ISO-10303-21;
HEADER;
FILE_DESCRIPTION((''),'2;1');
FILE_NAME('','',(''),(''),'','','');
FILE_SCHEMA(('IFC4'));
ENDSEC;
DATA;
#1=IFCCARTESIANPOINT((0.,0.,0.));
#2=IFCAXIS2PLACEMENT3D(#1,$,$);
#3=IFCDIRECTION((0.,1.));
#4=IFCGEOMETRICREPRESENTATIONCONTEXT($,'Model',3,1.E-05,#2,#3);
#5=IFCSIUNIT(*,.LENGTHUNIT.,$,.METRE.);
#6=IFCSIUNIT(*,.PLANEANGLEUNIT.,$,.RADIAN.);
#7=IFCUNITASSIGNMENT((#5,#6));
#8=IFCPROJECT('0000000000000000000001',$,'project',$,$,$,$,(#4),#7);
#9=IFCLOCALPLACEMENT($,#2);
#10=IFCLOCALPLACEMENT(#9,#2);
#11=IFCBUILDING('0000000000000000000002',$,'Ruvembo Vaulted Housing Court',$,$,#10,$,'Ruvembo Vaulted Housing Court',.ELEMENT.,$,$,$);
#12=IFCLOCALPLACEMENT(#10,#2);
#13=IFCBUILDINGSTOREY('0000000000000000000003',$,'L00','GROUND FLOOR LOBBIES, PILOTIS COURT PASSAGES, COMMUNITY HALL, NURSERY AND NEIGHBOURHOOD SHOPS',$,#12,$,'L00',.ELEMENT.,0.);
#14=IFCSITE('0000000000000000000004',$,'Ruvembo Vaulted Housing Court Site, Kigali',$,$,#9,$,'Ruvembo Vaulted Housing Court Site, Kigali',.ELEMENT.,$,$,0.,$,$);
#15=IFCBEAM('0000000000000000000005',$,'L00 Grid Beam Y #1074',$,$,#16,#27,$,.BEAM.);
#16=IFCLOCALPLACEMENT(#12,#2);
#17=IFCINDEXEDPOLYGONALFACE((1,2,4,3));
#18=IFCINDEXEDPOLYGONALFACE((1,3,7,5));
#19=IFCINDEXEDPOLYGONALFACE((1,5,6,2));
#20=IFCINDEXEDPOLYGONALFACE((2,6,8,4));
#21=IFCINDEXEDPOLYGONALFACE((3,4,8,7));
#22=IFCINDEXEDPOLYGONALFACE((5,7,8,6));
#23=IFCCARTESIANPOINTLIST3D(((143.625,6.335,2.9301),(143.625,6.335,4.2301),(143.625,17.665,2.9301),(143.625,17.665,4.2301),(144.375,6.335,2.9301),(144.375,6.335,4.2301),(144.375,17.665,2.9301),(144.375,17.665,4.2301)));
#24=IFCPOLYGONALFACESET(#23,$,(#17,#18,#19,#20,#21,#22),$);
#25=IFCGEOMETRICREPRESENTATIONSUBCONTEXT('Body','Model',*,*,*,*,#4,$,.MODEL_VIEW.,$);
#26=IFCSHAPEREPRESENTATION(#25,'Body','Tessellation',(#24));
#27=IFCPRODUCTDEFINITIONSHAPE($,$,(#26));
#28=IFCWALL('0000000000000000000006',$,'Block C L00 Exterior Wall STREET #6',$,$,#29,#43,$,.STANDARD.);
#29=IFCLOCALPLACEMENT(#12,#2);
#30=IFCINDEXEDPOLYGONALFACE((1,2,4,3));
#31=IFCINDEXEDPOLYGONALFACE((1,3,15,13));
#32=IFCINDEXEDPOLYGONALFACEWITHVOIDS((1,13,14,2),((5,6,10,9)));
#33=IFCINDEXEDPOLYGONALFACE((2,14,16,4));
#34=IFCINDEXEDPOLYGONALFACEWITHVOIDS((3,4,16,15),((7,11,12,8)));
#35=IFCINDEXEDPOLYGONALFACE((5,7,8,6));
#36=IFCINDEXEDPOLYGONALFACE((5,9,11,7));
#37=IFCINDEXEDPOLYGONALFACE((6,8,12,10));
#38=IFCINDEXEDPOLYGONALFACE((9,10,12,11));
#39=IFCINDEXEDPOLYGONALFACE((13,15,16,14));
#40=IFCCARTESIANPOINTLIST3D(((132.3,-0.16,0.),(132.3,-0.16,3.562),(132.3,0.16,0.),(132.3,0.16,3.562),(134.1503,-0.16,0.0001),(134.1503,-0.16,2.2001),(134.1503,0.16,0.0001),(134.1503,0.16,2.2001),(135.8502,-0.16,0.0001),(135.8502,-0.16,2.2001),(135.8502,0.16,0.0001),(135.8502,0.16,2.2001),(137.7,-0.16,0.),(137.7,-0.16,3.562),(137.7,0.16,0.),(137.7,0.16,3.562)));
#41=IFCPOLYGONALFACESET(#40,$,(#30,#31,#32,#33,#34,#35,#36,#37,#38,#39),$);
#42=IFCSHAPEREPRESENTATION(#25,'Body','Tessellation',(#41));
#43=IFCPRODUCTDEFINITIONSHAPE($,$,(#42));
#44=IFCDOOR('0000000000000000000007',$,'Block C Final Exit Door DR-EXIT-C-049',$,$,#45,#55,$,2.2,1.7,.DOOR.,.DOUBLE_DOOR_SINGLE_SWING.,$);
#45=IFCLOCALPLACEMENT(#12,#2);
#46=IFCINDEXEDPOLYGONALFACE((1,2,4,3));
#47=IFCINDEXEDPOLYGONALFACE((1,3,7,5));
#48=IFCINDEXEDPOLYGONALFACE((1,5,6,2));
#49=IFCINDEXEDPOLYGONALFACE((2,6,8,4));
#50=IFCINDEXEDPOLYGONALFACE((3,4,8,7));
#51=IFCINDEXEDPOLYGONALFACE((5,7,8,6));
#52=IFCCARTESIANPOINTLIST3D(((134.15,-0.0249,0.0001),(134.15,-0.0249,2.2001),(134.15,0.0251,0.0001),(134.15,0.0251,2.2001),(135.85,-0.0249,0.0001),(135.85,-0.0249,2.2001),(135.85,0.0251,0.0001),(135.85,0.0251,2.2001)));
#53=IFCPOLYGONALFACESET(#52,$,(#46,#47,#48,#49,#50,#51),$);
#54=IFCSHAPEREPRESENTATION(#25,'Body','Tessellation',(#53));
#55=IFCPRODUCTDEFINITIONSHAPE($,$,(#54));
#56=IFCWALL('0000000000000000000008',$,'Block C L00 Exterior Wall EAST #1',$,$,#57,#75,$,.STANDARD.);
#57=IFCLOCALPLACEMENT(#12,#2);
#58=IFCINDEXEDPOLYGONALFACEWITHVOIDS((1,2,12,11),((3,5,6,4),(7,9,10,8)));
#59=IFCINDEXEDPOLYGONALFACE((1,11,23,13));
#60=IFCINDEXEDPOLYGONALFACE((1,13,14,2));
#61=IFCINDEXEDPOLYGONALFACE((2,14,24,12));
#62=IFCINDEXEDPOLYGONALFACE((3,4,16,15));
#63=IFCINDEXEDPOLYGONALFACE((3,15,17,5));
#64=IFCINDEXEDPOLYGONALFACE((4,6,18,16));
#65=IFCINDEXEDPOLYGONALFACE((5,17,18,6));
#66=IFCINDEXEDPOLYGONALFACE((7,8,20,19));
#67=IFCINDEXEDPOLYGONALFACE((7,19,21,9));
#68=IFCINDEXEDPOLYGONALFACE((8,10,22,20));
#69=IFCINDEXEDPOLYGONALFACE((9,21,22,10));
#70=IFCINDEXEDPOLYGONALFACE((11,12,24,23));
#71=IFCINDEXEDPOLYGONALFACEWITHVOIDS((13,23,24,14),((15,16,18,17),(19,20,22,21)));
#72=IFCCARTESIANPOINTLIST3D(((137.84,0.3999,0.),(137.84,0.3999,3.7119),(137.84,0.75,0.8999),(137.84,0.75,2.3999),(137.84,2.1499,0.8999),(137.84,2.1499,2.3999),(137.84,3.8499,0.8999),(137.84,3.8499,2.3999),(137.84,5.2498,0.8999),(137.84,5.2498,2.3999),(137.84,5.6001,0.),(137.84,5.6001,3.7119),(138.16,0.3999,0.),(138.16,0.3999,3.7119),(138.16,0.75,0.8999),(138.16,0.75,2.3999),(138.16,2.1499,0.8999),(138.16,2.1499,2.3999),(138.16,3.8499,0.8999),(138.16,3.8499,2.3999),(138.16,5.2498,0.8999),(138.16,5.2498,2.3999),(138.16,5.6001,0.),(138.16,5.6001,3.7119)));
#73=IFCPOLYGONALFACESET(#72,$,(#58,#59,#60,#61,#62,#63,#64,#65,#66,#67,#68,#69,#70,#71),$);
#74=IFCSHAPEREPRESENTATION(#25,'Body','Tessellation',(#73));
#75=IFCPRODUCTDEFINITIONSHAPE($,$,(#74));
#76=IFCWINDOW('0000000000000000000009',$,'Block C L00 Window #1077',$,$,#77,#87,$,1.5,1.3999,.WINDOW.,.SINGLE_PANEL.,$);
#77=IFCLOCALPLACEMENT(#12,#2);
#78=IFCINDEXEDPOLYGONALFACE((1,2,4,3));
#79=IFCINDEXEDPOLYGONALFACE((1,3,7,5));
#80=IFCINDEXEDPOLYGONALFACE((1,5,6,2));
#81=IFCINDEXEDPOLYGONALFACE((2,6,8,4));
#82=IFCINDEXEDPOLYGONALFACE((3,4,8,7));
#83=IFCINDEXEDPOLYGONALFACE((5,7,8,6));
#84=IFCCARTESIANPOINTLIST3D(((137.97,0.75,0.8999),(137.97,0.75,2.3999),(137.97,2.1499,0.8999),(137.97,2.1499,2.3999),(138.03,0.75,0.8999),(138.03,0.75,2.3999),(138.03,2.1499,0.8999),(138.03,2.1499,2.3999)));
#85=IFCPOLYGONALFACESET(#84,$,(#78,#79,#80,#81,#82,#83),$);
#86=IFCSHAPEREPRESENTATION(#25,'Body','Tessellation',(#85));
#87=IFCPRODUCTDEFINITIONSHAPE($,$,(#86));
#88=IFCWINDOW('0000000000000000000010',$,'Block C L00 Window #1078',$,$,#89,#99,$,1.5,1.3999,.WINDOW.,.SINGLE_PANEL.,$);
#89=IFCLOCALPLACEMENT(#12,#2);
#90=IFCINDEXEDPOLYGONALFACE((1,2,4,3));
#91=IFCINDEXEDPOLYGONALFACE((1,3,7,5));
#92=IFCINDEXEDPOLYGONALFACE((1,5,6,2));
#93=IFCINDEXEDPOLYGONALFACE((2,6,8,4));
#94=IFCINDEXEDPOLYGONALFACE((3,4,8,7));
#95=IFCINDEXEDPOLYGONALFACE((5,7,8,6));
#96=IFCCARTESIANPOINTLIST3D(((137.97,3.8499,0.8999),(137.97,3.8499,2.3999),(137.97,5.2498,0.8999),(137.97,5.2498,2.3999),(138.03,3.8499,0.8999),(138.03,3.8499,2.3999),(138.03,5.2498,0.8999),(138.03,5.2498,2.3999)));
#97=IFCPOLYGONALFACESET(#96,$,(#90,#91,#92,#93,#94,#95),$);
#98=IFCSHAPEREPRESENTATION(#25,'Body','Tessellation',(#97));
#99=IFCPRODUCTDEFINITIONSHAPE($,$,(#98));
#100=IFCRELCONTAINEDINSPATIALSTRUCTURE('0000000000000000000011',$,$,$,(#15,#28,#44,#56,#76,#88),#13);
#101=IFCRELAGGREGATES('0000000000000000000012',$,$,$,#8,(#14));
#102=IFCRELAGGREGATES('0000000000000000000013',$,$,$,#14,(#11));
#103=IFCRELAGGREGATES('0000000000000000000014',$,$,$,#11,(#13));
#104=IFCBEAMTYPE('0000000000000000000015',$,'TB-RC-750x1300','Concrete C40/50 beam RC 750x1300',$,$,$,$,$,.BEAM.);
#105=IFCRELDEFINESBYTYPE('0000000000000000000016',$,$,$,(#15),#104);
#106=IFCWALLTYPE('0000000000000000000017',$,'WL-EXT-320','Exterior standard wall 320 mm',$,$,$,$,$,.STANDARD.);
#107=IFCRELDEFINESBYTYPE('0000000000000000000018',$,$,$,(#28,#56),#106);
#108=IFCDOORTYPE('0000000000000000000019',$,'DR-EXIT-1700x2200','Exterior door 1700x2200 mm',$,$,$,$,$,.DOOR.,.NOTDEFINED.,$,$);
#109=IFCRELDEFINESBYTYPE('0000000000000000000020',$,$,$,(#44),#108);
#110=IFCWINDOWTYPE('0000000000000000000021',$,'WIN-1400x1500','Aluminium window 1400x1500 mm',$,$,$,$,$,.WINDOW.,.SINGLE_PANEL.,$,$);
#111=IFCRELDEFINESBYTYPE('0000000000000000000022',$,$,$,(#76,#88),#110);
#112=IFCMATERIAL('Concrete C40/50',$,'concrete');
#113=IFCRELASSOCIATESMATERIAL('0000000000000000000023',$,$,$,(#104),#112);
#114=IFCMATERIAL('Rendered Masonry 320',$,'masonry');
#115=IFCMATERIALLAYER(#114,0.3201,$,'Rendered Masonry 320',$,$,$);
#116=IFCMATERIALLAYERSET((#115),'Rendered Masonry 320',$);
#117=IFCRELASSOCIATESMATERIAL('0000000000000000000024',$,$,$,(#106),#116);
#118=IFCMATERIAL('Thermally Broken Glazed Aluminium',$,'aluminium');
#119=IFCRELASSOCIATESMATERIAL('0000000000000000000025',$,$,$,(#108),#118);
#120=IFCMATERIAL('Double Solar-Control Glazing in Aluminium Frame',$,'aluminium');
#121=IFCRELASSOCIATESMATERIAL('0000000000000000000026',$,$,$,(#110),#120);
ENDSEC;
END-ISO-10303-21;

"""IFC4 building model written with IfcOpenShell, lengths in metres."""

from ifc_helpers import new_model, si_unit, direction, frame, frame_2d, origin, origin_2d, place, context, subcontext, project, spatial, rectangle, extrude, material, layer, layer_set, material_profile, profile_set, type_object, element, fill, save


model = new_model("IFC4")

# Units and contexts
model_context = context("Model", 3, precision=1e-05, world=origin(), true_north=direction((0.0, 1.0)))
body_context = subcontext(model_context, "Body", "Model", "MODEL_VIEW")
ifc_project = project(units=[si_unit("LENGTHUNIT", "METRE"), si_unit("PLANEANGLEUNIT", "RADIAN")], contexts=[model_context])

# Site, building, storey
site_placement = place(None, origin())
site = spatial("IfcSite", under=ifc_project, at=site_placement, Name="Ruvembo Vaulted Housing Court Site, Kigali", LongName="Ruvembo Vaulted Housing Court Site, Kigali", CompositionType="ELEMENT", RefElevation=0.0)
building_placement = place(site_placement, origin())
building = spatial("IfcBuilding", under=site, at=building_placement, Name="Ruvembo Vaulted Housing Court", LongName="Ruvembo Vaulted Housing Court", CompositionType="ELEMENT")
storey_placement = place(building_placement, origin())
storey = spatial("IfcBuildingStorey", under=building, at=storey_placement, Name="L00", Description="GROUND FLOOR LOBBIES, PILOTIS COURT PASSAGES, COMMUNITY HALL, NURSERY AND NEIGHBOURHOOD SHOPS", LongName="L00", CompositionType="ELEMENT", Elevation=0.0)

# Shared definitions
ifc_material_1 = material(Name="Concrete C40/50", Category="concrete")

# Beam
ifc_material_profile_1 = material_profile(ifc_material_1, rectangle(XDim=0.75, YDim=1.3, at=origin_2d()), Name="RC 750x1300")
ifc_profile_set_1 = profile_set([ifc_material_profile_1], Name="Concrete C40/50")
beam_type_1 = type_object("IfcBeamType", Name="TB-RC-750x1300", Description="Concrete C40/50 beam RC 750x1300", PredefinedType="BEAM", material=ifc_profile_set_1)
beam_1_placement = place(storey_placement, frame((144.0, 6.335, 3.5801), z_axis=(0.0, 1.0, 0.0), x_axis=(-1.0, 0.0, 0.0)))
element("IfcBeam", 1, at=beam_1_placement, inside=storey, type_object=beam_type_1, Name="L00 Grid Beam Y #1074", PredefinedType="BEAM", context=body_context, shape_type="SweptSolid", body=[
    extrude(rectangle(XDim=0.75, YDim=1.3, at=origin_2d()), origin(), (0.0, 0.0, 1.0), 11.3301),
])

# Wall, opening, door
ifc_material_2 = material(Name="Rendered Masonry 320", Category="masonry")
ifc_layer_1 = layer(ifc_material_2, 0.3201, Name="Rendered Masonry 320")
ifc_layer_set_1 = layer_set([ifc_layer_1], Name="Rendered Masonry 320")
wall_type = type_object("IfcWallType", Name="WL-EXT-320", Description="Exterior standard wall 320 mm", PredefinedType="STANDARD", material=ifc_layer_set_1)
wall_1_placement = place(storey_placement, frame((132.3, 0.0, 0.0), z_axis=(0.0, 0.0, 1.0), x_axis=(1.0, 0.0, 0.0)))
wall_1 = element("IfcWall", 2, at=wall_1_placement, inside=storey, type_object=wall_type, Name="Block C L00 Exterior Wall STREET #6", PredefinedType="STANDARD", context=body_context, shape_type="SweptSolid", body=[
    extrude(rectangle(XDim=5.3999, YDim=0.3201, at=frame_2d((2.7, 0.0))), origin(), (0.0, 0.0, 1.0), 3.562),
])
opening_1_placement = place(wall_1_placement, frame((1.8501, 0.0, 0.0)))
opening_1 = element("IfcOpeningElement", 3, at=opening_1_placement, cuts=wall_1, PredefinedType="OPENING", context=body_context, shape_type="SweptSolid", body=[
    extrude(rectangle(XDim=1.7, YDim=2.2, at=frame_2d((0.8501, 1.1001))), frame((0.0, 0.1699, 0.0), z_axis=(0.0, -1.0, 0.0), x_axis=(1.0, 0.0, 0.0)), (0.0, 0.0, 1.0), 0.3401),
])
ifc_material_3 = material(Name="Thermally Broken Glazed Aluminium", Category="aluminium")
door_type = type_object("IfcDoorType", Name="DR-EXIT-1700x2200", Description="Exterior door 1700x2200 mm", OperationType="NOTDEFINED", PredefinedType="DOOR", material=ifc_material_3)
door_placement = place(opening_1_placement, frame((1.7, 0.0, 0.0), z_axis=(0.0, 0.0, 1.0), x_axis=(-1.0, 0.0, 0.0)))
door = element("IfcDoor", 4, at=door_placement, inside=storey, type_object=door_type, Name="Block C Final Exit Door DR-EXIT-C-049", OperationType="DOUBLE_DOOR_SINGLE_SWING", OverallHeight=2.2, OverallWidth=1.7, PredefinedType="DOOR", context=body_context, shape_type="SweptSolid", body=[
    extrude(rectangle(XDim=1.7, YDim=2.2, at=frame_2d((0.8501, 1.1001))), frame((0.0, 0.0249, 0.0), z_axis=(0.0, -1.0, 0.0), x_axis=(1.0, 0.0, 0.0)), (0.0, 0.0, 1.0), 0.05),
])
fill(opening_1, door)

# Wall, openings, windows
wall_2_placement = place(storey_placement, frame((138.0, 0.3999, 0.0), z_axis=(0.0, 0.0, 1.0), x_axis=(0.0, 1.0, 0.0)))
wall_2 = element("IfcWall", 5, at=wall_2_placement, inside=storey, type_object=wall_type, Name="Block C L00 Exterior Wall EAST #1", PredefinedType="STANDARD", context=body_context, shape_type="SweptSolid", body=[
    extrude(rectangle(XDim=5.2002, YDim=0.3201, at=frame_2d((2.6001, 0.0))), origin(), (0.0, 0.0, 1.0), 3.7119),
])
opening_2_placement = place(wall_2_placement, frame((0.3501, 0.0, 0.8999)))
opening_2 = element("IfcOpeningElement", 6, at=opening_2_placement, cuts=wall_2, PredefinedType="OPENING", context=body_context, shape_type="SweptSolid", body=[
    extrude(rectangle(XDim=1.3999, YDim=1.5, at=frame_2d((0.7, 0.75))), frame((0.0, 0.1699, 0.0), z_axis=(0.0, -1.0, 0.0), x_axis=(1.0, 0.0, 0.0)), (0.0, 0.0, 1.0), 0.3401),
])
opening_3_placement = place(wall_2_placement, frame((3.45, 0.0, 0.8999)))
opening_3 = element("IfcOpeningElement", 7, at=opening_3_placement, cuts=wall_2, PredefinedType="OPENING", context=body_context, shape_type="SweptSolid", body=[
    extrude(rectangle(XDim=1.3999, YDim=1.5, at=frame_2d((0.7, 0.75))), frame((0.0, 0.1699, 0.0), z_axis=(0.0, -1.0, 0.0), x_axis=(1.0, 0.0, 0.0)), (0.0, 0.0, 1.0), 0.3401),
])
ifc_material_4 = material(Name="Double Solar-Control Glazing in Aluminium Frame", Category="aluminium")
window_type = type_object("IfcWindowType", Name="WIN-1400x1500", Description="Aluminium window 1400x1500 mm", PartitioningType="SINGLE_PANEL", PredefinedType="WINDOW", material=ifc_material_4)
window_1_placement = place(opening_2_placement, origin())
window_1 = element("IfcWindow", 8, at=window_1_placement, inside=storey, type_object=window_type, Name="Block C L00 Window #1077", OverallHeight=1.5, OverallWidth=1.3999, PartitioningType="SINGLE_PANEL", PredefinedType="WINDOW", context=body_context, shape_type="SweptSolid", body=[
    extrude(rectangle(XDim=1.3999, YDim=1.5, at=frame_2d((0.7, 0.75))), frame((0.0, 0.03, 0.0), z_axis=(0.0, -1.0, 0.0), x_axis=(1.0, 0.0, 0.0)), (0.0, 0.0, 1.0), 0.0601),
])
fill(opening_2, window_1)
window_2_placement = place(opening_3_placement, origin())
window_2 = element("IfcWindow", 9, at=window_2_placement, inside=storey, type_object=window_type, Name="Block C L00 Window #1078", OverallHeight=1.5, OverallWidth=1.3999, PartitioningType="SINGLE_PANEL", PredefinedType="WINDOW", context=body_context, shape_type="SweptSolid", body=[
    extrude(rectangle(XDim=1.3999, YDim=1.5, at=frame_2d((0.7, 0.75))), frame((0.0, 0.03, 0.0), z_axis=(0.0, -1.0, 0.0), x_axis=(1.0, 0.0, 0.0)), (0.0, 0.0, 1.0), 0.0601),
])
fill(opening_3, window_2)

save(model, "model.ifc")
